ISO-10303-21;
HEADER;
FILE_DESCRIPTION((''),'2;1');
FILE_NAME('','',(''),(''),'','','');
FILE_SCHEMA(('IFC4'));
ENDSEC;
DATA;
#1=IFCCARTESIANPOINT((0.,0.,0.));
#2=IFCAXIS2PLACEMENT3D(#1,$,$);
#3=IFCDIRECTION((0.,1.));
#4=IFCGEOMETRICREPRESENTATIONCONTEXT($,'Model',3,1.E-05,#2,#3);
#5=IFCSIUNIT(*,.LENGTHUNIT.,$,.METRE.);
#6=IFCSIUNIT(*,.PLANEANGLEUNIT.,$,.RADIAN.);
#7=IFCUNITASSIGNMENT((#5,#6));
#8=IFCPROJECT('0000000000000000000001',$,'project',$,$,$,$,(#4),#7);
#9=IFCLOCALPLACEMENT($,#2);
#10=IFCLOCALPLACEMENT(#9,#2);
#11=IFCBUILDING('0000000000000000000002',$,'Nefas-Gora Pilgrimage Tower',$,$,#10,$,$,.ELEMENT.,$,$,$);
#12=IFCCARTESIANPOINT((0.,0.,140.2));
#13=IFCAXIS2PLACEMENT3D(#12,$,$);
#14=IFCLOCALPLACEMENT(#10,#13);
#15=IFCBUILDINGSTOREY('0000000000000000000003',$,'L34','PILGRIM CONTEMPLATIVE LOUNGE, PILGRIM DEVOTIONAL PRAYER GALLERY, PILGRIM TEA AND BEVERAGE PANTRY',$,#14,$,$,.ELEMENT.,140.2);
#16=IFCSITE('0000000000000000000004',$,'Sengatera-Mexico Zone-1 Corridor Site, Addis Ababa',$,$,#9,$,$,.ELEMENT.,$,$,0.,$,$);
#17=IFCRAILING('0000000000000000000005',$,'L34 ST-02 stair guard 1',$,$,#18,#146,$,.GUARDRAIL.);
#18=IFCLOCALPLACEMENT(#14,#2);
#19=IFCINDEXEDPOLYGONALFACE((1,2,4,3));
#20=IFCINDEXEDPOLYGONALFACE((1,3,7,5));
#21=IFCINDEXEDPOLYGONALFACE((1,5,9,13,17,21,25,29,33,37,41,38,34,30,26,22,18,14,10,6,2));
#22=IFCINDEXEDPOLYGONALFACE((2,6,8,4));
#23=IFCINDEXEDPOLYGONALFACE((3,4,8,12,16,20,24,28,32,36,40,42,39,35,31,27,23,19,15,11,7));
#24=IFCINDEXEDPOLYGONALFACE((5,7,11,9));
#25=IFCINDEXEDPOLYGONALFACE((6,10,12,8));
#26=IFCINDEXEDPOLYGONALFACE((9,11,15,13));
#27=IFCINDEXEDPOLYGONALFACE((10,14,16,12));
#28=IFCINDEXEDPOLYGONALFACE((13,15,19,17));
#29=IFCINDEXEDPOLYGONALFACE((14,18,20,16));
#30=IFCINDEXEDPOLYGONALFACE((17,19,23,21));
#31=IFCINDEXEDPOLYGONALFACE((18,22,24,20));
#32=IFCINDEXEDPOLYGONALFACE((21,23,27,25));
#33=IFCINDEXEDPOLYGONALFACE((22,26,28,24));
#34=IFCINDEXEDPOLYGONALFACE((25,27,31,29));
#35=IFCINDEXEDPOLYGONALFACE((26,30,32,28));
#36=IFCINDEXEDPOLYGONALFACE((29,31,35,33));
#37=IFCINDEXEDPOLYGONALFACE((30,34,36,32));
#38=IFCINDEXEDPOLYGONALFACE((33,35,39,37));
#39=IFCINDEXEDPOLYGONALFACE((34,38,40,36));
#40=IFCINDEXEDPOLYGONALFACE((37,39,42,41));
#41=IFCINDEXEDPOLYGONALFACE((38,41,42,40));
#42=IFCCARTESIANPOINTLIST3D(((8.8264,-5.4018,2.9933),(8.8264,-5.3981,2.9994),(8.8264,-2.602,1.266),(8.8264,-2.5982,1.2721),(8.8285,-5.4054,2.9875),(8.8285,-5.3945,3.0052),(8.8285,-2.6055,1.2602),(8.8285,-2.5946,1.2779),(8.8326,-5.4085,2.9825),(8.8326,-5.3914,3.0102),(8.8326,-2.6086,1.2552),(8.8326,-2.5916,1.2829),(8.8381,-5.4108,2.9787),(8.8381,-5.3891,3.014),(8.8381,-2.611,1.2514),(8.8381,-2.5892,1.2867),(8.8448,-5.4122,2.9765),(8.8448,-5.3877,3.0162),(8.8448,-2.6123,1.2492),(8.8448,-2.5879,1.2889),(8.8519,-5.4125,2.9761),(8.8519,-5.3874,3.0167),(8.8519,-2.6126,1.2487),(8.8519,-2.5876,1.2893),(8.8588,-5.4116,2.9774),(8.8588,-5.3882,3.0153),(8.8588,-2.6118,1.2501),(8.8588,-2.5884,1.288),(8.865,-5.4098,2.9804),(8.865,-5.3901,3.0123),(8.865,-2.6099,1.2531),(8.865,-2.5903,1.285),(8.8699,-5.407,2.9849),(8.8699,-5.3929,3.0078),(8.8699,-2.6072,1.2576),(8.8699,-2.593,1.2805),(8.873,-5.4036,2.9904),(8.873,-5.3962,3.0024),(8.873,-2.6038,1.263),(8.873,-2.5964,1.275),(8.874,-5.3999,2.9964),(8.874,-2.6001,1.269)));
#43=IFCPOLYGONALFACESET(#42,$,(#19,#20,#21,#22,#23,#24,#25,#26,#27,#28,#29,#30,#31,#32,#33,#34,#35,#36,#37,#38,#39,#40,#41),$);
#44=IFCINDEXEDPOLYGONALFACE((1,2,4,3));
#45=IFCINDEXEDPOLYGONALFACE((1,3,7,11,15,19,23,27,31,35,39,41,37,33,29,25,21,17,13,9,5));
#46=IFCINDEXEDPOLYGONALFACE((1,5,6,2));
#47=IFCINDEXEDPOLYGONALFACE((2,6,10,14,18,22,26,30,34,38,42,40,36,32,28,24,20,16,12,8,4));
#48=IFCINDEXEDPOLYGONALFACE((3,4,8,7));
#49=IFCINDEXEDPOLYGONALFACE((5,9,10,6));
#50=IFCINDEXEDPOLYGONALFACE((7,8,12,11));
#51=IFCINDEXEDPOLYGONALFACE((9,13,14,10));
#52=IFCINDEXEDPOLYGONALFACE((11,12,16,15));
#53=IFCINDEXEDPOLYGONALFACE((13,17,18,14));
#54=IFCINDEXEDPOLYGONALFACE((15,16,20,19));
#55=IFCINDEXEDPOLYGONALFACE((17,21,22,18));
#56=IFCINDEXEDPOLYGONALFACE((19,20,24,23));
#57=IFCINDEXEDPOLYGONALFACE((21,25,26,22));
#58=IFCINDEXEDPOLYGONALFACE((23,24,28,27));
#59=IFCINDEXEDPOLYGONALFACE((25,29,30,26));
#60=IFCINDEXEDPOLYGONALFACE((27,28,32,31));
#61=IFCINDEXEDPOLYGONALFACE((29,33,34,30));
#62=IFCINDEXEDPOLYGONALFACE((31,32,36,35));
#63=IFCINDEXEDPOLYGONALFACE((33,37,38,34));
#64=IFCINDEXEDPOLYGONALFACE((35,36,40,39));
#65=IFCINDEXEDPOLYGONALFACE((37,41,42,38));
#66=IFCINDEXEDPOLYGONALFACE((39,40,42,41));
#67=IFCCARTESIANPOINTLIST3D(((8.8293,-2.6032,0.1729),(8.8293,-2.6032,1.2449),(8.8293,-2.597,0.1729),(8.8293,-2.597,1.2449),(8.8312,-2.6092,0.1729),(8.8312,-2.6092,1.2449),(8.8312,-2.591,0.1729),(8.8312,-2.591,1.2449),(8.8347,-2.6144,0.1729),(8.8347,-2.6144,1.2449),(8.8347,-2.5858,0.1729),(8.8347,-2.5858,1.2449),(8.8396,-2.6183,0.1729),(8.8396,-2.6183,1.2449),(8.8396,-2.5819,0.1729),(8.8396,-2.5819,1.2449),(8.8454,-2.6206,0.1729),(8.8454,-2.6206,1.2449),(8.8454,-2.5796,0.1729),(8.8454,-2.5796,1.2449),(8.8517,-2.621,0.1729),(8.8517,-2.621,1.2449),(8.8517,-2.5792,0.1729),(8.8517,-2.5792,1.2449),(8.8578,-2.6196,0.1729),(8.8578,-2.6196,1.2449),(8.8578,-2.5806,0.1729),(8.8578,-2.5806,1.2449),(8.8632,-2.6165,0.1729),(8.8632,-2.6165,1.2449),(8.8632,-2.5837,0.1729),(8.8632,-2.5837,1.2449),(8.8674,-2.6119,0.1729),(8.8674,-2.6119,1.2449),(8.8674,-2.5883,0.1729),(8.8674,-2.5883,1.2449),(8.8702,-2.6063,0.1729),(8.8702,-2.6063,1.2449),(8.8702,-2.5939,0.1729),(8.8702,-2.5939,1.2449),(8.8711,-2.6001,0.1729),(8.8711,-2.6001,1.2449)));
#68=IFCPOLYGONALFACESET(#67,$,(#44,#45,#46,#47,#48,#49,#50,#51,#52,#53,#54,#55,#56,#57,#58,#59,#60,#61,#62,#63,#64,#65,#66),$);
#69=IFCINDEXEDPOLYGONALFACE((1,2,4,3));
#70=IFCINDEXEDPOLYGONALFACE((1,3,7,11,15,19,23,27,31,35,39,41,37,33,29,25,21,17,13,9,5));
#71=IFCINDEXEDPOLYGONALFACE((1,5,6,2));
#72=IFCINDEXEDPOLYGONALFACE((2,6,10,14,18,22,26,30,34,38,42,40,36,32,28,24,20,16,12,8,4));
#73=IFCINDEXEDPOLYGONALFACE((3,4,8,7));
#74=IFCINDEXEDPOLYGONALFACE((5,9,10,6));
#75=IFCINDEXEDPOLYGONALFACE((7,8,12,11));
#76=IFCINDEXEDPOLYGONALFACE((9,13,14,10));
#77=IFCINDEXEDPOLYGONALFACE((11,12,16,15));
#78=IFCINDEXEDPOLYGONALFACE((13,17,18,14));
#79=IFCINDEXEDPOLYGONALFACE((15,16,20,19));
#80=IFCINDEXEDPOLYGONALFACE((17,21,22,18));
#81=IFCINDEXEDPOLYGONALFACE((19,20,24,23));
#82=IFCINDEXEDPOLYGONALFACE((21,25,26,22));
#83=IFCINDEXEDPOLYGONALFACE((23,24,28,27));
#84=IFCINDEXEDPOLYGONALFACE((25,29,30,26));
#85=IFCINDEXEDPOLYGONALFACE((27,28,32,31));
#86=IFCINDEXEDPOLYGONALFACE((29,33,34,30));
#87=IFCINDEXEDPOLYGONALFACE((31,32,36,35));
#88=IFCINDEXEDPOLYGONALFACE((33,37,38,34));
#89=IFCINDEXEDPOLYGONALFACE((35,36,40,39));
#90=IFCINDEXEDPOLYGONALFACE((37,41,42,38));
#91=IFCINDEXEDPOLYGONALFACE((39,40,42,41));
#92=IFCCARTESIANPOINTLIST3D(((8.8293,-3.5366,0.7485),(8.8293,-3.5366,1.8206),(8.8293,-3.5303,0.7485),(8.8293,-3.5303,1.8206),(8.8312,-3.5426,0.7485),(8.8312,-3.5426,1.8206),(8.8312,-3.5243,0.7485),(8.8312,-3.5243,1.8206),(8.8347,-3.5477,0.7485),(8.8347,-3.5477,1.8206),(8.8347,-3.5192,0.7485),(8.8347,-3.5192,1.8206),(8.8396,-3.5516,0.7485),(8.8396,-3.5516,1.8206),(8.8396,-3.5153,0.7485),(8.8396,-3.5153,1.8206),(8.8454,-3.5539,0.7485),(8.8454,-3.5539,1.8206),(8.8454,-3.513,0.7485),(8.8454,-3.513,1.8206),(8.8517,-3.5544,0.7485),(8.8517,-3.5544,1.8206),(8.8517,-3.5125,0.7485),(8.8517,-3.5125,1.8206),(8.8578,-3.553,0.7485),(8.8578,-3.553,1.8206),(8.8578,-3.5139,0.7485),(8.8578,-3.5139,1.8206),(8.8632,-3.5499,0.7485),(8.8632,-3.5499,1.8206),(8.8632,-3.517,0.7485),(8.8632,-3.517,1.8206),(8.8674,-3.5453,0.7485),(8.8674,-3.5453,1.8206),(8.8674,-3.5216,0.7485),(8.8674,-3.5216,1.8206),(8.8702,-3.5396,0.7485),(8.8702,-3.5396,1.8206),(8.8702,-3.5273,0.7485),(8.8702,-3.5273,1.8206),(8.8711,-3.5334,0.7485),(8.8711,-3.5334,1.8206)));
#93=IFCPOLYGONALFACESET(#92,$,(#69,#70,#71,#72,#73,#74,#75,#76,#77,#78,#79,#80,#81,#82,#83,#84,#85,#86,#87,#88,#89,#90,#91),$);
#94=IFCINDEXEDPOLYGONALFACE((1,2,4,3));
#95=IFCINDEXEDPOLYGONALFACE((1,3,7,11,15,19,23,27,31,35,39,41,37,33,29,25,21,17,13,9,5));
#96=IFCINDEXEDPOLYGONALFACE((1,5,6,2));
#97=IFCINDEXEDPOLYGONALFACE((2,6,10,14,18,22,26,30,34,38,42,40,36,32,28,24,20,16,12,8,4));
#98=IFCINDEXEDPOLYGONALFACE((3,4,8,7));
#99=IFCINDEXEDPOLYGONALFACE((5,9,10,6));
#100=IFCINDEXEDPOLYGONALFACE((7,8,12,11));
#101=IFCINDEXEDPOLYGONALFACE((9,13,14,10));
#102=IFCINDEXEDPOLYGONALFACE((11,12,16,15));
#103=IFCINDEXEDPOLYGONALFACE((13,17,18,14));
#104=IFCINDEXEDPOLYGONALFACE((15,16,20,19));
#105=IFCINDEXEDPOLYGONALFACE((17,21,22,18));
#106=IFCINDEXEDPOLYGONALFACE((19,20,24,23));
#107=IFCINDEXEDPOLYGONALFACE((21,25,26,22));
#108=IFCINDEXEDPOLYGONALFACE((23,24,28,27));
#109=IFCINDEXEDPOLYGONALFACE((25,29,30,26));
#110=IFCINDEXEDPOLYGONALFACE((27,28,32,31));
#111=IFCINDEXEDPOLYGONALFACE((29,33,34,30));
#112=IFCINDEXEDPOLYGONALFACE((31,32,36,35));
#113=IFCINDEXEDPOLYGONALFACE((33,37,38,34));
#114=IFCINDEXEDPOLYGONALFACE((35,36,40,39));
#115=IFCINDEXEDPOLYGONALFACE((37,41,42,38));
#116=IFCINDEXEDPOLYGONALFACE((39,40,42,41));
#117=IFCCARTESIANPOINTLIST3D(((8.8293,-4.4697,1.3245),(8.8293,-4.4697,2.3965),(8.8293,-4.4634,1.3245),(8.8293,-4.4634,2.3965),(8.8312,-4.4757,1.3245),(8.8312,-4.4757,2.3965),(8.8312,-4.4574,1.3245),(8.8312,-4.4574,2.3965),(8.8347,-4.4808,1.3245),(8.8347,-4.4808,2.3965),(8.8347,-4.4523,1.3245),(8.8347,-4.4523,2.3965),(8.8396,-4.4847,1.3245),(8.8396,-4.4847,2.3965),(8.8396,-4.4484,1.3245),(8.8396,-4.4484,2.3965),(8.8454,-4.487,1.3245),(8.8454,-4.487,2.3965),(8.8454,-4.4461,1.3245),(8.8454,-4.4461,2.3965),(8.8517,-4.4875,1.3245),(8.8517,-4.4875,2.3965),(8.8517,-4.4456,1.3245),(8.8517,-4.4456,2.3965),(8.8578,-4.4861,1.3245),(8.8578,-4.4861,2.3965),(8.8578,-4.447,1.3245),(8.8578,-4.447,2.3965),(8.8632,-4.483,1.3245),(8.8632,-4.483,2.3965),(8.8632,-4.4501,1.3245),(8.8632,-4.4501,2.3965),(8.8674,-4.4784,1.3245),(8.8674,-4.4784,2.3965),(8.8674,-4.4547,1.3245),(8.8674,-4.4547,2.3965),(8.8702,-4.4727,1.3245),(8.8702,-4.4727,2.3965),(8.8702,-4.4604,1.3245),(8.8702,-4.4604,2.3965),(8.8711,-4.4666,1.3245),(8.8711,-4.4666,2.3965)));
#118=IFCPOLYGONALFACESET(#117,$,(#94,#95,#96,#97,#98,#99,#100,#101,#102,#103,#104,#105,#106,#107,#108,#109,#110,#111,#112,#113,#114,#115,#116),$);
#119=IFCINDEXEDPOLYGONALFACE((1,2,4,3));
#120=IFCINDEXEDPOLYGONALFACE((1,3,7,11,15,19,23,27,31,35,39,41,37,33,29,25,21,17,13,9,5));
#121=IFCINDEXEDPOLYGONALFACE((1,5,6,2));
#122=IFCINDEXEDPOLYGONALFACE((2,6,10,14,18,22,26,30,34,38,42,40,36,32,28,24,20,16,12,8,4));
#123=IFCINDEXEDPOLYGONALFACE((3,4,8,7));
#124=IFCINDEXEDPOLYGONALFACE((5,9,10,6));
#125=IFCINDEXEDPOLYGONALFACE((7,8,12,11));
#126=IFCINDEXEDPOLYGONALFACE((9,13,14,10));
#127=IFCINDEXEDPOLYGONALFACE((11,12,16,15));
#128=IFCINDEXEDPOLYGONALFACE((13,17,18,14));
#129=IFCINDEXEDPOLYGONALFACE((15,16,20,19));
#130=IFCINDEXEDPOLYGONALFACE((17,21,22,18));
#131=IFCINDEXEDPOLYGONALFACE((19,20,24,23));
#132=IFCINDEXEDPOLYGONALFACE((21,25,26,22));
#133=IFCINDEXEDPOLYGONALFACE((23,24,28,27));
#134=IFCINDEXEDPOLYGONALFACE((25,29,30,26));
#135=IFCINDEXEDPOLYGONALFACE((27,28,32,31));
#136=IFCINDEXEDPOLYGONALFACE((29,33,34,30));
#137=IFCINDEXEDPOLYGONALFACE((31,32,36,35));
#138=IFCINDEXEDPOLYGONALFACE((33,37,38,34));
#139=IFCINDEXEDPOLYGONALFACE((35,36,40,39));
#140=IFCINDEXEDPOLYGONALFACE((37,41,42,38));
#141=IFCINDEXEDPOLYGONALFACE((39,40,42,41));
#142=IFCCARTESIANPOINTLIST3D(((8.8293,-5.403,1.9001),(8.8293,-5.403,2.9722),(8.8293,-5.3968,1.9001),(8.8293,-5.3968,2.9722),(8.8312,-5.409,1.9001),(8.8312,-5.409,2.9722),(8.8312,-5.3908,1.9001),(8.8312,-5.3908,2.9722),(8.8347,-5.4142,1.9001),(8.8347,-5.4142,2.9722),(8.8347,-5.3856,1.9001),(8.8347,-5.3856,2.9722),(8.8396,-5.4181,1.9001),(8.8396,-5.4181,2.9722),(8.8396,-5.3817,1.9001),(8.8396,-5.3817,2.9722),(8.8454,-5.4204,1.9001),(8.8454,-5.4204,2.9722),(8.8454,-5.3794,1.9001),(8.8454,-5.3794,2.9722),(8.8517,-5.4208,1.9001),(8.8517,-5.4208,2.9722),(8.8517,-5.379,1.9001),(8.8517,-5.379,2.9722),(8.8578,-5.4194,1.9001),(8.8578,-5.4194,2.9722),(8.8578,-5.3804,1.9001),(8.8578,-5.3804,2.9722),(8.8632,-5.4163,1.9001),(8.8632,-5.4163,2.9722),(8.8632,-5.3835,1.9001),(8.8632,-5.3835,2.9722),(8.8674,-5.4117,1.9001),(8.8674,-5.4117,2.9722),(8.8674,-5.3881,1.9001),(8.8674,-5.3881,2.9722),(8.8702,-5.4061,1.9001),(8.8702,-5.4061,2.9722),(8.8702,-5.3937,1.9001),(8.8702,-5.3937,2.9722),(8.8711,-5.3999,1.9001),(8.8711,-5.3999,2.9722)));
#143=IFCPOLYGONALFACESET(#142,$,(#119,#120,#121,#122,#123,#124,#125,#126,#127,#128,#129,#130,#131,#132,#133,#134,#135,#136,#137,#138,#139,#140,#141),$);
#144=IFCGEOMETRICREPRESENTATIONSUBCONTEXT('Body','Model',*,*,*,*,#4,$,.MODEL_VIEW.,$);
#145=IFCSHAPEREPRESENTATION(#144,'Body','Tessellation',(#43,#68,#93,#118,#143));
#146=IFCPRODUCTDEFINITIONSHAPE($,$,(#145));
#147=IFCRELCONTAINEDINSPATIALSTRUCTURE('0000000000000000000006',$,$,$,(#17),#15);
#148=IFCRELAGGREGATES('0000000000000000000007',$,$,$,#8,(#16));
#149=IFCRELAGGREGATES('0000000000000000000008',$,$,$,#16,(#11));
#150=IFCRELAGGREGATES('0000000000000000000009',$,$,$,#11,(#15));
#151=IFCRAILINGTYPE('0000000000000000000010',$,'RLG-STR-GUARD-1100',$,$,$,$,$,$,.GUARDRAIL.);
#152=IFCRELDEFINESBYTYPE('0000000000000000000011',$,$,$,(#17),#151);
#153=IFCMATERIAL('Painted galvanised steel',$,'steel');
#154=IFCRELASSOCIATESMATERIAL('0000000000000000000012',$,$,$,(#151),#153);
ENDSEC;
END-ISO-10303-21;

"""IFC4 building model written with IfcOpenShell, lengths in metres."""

from ifc_helpers import new_model, si_unit, direction, frame, origin, origin_2d, place, context, subcontext, project, spatial, circle, extrude, material, type_object, element, save


model = new_model("IFC4")

# Units and contexts
model_context = context("Model", 3, precision=1e-05, world=origin(), true_north=direction((0.0, 1.0)))
body_context = subcontext(model_context, "Body", "Model", "MODEL_VIEW")
ifc_project = project(units=[si_unit("LENGTHUNIT", "METRE"), si_unit("PLANEANGLEUNIT", "RADIAN")], contexts=[model_context])

# Site, building, storey
site_placement = place(None, origin())
site = spatial("IfcSite", under=ifc_project, at=site_placement, Name="Sengatera-Mexico Zone-1 Corridor Site, Addis Ababa", CompositionType="ELEMENT", RefElevation=0.0)
building_placement = place(site_placement, origin())
building = spatial("IfcBuilding", under=site, at=building_placement, Name="Nefas-Gora Pilgrimage Tower", CompositionType="ELEMENT")
storey_placement = place(building_placement, frame((0.0, 0.0, 140.2)))
storey = spatial("IfcBuildingStorey", under=building, at=storey_placement, Name="L34", Description="PILGRIM CONTEMPLATIVE LOUNGE, PILGRIM DEVOTIONAL PRAYER GALLERY, PILGRIM TEA AND BEVERAGE PANTRY", CompositionType="ELEMENT", Elevation=140.2)

# Railing
ifc_material_1 = material(Name="Painted galvanised steel", Category="steel")
railing_type_1 = type_object("IfcRailingType", Name="RLG-STR-GUARD-1100", PredefinedType="GUARDRAIL", material=ifc_material_1)
railing_1_placement = place(storey_placement, frame((8.8501, -2.6001, 0.1729)))
element("IfcRailing", 1, at=railing_1_placement, inside=storey, type_object=railing_type_1, Name="L34 ST-02 stair guard 1", PredefinedType="GUARDRAIL", context=body_context, shape_type="SweptSolid", body=[
    extrude(circle(Radius=0.0239, at=origin_2d()), frame((0.0, 0.0, 1.0962), z_axis=(0.0, -0.851069, 0.525054), x_axis=(1.0, 0.0, 0.0)), (0.0, 0.0, 1.0), 3.2898),
    extrude(circle(Radius=0.021, at=origin_2d()), origin(), (0.0, 0.0, 1.0), 1.072),
    extrude(circle(Radius=0.021, at=origin_2d()), frame((0.0, -0.9333, 0.5757)), (0.0, 0.0, 1.0), 1.072),
    extrude(circle(Radius=0.021, at=origin_2d()), frame((0.0, -1.8665, 1.1516)), (0.0, 0.0, 1.0), 1.072),
    extrude(circle(Radius=0.021, at=origin_2d()), frame((0.0, -2.7998, 1.7273)), (0.0, 0.0, 1.0), 1.072),
])

save(model, "model.ifc")
